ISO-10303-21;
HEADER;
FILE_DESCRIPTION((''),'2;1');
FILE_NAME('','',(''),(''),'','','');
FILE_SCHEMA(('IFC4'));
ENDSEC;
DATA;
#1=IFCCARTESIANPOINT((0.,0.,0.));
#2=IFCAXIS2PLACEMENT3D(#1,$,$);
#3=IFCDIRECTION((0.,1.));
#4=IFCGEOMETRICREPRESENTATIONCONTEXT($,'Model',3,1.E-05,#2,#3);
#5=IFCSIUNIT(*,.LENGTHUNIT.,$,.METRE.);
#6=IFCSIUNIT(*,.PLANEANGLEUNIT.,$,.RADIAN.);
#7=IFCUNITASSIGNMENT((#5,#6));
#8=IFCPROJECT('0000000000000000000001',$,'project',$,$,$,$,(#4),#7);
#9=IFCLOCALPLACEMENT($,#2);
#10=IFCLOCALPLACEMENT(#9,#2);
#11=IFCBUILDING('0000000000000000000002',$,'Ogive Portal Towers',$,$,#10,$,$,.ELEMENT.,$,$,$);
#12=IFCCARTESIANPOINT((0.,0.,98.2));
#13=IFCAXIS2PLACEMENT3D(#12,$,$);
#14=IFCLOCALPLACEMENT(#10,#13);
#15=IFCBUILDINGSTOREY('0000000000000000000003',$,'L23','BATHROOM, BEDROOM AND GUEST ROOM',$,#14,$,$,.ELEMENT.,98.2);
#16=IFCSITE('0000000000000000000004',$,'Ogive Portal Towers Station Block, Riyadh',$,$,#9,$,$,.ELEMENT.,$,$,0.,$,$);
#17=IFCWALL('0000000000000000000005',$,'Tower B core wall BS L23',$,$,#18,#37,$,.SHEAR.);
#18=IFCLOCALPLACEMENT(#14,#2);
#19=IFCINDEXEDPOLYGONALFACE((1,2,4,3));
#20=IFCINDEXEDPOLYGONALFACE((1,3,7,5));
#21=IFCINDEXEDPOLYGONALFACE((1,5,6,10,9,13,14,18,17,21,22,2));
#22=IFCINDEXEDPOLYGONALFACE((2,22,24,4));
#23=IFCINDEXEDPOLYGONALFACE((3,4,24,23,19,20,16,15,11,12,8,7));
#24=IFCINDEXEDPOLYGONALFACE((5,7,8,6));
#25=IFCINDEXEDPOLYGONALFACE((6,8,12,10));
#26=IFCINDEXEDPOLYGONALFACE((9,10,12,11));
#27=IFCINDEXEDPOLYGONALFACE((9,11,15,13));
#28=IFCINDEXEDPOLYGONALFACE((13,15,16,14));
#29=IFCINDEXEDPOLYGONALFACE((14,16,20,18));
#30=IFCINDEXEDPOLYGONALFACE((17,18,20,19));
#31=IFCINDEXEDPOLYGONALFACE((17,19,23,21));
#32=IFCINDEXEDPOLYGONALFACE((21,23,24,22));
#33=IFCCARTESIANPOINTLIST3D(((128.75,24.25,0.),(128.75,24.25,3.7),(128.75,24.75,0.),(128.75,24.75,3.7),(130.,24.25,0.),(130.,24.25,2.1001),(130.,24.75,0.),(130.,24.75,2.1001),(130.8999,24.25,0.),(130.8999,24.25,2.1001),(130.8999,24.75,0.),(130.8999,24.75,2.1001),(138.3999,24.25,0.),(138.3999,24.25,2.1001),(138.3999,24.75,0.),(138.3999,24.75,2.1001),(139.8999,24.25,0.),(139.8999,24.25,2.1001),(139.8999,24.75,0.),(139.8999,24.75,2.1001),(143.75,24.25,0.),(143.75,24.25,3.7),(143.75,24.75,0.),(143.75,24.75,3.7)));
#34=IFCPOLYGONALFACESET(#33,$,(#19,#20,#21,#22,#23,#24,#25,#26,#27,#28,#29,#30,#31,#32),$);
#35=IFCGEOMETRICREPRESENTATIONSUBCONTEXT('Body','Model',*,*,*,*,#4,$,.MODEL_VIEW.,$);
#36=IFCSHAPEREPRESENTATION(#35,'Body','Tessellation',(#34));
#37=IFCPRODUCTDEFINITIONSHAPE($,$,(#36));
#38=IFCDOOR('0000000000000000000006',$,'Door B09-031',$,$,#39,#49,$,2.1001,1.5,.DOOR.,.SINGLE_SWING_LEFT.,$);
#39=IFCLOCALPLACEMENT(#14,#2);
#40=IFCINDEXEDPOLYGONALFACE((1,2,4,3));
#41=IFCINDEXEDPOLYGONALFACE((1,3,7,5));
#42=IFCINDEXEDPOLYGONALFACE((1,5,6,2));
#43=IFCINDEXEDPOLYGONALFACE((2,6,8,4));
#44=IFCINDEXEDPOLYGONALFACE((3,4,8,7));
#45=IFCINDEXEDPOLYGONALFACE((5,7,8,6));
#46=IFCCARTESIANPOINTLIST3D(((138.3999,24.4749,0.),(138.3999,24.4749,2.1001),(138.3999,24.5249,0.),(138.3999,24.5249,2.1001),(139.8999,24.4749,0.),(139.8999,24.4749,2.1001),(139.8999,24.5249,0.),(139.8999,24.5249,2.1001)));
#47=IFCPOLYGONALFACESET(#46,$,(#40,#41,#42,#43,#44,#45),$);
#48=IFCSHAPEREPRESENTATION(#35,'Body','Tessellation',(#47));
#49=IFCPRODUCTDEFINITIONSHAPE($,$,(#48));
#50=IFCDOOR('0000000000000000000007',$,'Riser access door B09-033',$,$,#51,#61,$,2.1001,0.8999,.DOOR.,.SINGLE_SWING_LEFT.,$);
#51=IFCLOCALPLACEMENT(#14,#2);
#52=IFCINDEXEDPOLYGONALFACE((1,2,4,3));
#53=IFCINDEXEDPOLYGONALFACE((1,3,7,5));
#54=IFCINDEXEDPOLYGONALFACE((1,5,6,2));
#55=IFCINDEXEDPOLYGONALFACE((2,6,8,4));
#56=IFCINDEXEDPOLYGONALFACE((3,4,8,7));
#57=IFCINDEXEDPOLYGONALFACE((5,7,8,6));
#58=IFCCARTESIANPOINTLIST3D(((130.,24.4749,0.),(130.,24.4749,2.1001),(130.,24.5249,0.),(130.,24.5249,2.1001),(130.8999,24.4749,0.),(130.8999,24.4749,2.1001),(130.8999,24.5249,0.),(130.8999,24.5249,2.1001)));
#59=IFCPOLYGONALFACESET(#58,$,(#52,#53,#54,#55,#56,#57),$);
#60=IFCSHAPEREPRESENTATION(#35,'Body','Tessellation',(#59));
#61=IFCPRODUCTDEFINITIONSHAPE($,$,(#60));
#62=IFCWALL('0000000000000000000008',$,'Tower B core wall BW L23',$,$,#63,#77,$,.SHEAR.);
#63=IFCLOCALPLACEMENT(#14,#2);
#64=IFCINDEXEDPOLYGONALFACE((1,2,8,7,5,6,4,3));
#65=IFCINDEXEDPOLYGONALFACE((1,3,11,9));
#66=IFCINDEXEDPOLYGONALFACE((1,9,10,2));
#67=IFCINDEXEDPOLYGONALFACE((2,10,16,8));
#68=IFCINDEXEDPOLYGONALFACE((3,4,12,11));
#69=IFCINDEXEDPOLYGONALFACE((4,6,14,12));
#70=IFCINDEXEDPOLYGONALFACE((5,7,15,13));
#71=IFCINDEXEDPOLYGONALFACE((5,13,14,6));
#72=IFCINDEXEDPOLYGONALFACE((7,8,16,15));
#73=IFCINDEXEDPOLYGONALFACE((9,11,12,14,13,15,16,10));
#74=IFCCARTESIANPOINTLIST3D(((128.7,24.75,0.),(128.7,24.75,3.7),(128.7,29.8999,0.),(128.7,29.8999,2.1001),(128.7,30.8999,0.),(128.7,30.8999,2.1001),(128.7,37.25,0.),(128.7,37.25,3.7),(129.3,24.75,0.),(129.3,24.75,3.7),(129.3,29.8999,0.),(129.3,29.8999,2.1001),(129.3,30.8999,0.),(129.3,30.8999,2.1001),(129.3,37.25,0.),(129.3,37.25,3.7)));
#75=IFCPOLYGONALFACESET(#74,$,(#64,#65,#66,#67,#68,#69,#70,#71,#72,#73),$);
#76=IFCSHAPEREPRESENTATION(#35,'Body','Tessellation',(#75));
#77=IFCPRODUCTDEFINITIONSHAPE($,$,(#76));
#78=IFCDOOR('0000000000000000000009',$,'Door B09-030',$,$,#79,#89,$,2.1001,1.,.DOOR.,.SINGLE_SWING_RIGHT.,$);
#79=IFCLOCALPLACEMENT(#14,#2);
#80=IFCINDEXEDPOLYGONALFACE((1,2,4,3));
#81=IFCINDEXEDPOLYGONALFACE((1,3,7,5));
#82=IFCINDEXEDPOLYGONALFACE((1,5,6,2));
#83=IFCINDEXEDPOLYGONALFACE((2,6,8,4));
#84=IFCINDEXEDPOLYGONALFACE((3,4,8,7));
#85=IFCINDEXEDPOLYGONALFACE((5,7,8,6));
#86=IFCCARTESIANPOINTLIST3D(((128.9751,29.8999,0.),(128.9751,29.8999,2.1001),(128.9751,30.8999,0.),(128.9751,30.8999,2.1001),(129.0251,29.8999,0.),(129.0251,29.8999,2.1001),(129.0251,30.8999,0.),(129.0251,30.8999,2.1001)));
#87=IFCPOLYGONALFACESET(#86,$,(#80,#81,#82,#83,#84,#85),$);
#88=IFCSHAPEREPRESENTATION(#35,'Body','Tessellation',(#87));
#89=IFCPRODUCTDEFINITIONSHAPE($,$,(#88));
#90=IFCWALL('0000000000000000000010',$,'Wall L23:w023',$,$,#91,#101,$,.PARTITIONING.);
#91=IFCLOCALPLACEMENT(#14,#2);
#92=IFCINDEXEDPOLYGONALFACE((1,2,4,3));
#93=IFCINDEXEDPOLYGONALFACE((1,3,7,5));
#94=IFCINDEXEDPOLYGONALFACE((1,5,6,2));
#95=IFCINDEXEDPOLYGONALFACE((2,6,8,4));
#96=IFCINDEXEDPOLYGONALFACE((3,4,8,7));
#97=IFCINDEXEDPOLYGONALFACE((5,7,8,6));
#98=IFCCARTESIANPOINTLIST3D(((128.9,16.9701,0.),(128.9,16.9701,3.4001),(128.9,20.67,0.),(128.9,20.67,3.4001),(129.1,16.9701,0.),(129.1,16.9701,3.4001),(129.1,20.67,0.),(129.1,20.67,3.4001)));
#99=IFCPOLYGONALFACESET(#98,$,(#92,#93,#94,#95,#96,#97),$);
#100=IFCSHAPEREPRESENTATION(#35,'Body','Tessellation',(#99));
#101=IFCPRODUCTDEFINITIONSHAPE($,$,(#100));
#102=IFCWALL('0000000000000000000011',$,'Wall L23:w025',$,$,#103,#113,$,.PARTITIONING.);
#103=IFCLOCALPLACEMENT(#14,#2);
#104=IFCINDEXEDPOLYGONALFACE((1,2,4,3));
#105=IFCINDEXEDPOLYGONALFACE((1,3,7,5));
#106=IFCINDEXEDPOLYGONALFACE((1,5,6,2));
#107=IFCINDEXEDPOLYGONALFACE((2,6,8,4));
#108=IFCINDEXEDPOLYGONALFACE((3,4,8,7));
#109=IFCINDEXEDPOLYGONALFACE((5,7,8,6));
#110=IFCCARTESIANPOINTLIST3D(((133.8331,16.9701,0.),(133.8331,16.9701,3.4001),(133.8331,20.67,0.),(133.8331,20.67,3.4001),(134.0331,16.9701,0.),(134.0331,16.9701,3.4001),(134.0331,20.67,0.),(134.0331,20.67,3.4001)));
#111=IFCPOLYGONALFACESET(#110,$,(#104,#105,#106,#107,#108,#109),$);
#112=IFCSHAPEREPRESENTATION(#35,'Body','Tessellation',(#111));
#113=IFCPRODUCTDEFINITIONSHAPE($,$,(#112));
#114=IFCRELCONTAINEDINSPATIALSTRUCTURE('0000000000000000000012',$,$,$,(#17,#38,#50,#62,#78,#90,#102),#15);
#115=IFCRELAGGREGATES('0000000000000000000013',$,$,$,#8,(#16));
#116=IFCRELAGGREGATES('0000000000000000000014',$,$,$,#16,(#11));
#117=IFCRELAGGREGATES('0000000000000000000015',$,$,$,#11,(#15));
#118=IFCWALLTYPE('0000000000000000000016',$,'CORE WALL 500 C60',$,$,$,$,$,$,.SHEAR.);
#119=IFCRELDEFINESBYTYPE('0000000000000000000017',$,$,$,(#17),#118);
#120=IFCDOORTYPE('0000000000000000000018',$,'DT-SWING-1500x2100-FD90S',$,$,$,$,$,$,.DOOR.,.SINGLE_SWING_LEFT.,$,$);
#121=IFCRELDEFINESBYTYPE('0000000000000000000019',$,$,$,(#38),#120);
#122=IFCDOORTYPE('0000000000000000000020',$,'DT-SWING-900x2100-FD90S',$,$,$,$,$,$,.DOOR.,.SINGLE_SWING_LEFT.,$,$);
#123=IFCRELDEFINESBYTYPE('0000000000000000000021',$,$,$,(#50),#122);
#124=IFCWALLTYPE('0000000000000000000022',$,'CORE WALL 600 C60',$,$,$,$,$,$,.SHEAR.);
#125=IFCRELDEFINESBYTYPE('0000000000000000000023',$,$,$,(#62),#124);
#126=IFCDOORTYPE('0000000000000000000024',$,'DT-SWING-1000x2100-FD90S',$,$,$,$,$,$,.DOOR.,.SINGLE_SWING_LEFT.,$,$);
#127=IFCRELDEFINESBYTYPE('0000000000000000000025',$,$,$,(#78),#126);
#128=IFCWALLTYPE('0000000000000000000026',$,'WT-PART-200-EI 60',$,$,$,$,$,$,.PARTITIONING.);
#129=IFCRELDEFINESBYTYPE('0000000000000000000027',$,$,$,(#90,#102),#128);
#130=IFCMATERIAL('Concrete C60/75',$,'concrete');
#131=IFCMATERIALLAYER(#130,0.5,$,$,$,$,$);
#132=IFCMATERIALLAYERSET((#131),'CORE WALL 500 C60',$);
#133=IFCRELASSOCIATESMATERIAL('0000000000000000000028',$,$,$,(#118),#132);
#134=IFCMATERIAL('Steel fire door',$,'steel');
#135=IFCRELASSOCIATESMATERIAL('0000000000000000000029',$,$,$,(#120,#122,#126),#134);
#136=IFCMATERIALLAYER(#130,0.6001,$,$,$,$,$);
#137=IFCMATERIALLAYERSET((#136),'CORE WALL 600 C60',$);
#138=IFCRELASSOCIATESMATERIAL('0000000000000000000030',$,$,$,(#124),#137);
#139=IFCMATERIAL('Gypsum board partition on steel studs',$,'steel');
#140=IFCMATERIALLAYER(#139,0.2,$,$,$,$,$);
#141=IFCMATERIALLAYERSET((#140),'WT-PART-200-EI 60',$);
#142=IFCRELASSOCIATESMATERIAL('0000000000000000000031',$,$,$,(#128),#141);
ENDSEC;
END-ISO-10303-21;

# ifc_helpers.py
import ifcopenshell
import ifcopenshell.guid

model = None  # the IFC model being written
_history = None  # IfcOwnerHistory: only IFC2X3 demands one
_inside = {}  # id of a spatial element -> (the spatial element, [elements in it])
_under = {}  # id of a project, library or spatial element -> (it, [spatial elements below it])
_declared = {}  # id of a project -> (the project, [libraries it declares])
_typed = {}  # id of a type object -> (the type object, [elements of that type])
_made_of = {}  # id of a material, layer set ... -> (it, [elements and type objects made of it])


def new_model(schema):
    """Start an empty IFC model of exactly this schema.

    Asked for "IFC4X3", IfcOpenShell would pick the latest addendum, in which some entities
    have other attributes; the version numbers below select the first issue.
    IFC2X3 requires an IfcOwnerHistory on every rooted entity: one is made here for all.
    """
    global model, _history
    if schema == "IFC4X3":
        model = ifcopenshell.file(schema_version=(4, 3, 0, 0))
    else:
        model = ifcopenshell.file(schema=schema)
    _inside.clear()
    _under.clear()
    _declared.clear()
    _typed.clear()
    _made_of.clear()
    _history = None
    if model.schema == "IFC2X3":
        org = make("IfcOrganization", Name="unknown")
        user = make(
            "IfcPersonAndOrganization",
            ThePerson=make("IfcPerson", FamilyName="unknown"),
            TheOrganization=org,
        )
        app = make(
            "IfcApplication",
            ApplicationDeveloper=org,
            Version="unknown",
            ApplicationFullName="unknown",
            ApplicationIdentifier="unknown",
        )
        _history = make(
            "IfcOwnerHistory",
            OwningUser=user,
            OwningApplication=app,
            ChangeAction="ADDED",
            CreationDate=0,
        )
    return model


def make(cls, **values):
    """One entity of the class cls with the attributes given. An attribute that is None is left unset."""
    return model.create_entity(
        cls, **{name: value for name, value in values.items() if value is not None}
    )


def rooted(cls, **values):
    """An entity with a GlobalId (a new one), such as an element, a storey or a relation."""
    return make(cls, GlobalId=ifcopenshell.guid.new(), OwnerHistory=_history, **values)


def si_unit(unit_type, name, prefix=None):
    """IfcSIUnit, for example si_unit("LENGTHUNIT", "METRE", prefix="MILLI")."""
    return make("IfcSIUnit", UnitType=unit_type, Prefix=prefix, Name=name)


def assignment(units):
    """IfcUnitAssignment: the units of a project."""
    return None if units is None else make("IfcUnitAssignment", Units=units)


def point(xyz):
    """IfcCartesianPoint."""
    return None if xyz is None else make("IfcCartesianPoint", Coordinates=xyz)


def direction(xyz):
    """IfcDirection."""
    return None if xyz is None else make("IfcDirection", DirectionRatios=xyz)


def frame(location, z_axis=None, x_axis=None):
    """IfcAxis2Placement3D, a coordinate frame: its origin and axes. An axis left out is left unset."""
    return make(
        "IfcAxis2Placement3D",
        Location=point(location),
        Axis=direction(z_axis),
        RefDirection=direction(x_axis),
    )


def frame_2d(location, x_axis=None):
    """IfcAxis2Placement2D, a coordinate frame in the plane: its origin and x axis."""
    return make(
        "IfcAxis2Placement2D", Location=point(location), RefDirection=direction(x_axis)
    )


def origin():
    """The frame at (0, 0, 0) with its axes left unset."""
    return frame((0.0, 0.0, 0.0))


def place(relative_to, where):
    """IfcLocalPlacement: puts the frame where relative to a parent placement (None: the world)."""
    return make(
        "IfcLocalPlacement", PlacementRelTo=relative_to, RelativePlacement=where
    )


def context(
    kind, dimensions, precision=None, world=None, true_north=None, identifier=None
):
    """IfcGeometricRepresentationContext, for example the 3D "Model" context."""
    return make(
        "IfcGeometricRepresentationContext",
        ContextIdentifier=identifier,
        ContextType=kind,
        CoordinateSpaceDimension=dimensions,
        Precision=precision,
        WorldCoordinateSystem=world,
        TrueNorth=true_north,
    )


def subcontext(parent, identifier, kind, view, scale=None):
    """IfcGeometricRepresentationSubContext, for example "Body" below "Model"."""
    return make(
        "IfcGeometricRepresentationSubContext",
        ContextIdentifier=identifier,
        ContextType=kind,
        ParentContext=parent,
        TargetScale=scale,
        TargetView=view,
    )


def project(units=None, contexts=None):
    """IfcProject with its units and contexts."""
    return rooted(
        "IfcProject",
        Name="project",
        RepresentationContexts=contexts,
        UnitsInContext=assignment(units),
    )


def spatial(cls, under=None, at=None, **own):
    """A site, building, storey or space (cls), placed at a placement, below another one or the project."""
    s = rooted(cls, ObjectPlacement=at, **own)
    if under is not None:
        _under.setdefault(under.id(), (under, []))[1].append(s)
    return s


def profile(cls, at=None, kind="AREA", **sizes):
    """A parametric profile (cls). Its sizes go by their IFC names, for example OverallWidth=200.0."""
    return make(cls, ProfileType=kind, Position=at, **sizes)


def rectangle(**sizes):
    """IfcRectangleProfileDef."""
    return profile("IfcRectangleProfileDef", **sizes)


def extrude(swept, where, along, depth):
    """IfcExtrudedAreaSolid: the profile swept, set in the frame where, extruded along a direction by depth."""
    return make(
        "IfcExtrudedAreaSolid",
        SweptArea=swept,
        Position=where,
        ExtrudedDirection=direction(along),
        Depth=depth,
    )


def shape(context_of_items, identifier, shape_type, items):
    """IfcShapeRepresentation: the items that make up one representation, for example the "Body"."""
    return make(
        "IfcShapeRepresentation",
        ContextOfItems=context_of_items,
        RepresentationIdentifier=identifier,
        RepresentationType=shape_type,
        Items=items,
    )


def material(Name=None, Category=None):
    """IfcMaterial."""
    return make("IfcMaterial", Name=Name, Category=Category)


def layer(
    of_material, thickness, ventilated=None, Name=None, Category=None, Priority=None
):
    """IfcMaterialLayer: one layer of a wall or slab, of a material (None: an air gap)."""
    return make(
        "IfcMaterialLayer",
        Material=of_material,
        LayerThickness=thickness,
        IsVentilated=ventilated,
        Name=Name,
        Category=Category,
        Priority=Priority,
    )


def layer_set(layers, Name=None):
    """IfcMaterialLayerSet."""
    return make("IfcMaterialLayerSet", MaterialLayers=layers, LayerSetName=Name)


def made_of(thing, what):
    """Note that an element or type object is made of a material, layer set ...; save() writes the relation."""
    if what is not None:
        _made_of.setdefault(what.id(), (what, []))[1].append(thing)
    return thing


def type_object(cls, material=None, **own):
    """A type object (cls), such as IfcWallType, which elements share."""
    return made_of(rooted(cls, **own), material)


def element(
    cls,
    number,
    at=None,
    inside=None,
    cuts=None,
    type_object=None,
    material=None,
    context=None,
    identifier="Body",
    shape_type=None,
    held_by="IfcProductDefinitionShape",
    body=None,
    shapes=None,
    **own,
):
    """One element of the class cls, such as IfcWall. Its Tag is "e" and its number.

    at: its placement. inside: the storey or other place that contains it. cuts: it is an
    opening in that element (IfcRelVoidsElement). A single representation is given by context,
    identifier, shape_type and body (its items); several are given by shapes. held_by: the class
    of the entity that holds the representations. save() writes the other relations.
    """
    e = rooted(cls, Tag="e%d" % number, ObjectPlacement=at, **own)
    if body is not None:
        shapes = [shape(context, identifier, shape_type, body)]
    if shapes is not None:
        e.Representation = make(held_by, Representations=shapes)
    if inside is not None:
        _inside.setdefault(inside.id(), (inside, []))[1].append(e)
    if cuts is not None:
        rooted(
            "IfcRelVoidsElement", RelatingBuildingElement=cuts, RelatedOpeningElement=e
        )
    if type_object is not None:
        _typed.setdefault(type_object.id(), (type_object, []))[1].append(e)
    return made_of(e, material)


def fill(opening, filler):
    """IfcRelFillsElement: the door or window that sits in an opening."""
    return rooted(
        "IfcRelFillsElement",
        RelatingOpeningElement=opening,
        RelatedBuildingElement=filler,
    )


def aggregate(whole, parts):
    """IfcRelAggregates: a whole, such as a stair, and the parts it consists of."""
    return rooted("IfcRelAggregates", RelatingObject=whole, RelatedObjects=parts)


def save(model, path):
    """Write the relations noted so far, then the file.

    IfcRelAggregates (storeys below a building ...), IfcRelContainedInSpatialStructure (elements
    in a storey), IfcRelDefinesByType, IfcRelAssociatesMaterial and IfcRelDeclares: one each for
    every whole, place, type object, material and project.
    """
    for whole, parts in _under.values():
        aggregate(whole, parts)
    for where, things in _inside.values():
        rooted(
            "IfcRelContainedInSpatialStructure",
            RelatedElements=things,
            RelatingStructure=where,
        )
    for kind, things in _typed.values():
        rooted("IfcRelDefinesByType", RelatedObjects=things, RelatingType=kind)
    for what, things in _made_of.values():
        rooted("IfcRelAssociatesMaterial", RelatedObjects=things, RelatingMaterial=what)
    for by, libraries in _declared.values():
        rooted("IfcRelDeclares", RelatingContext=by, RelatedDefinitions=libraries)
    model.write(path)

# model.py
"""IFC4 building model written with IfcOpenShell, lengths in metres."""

from ifc_helpers import new_model, si_unit, direction, frame, frame_2d, origin, place, context, subcontext, project, spatial, rectangle, extrude, material, layer, layer_set, type_object, element, fill, save


model = new_model("IFC4")

# Units and contexts
model_context = context("Model", 3, precision=1e-05, world=origin(), true_north=direction((0.0, 1.0)))
body_context = subcontext(model_context, "Body", "Model", "MODEL_VIEW")
ifc_project = project(units=[si_unit("LENGTHUNIT", "METRE"), si_unit("PLANEANGLEUNIT", "RADIAN")], contexts=[model_context])

# Site, building, storey
site_placement = place(None, origin())
site = spatial("IfcSite", under=ifc_project, at=site_placement, Name="Ogive Portal Towers Station Block, Riyadh", CompositionType="ELEMENT", RefElevation=0.0)
building_placement = place(site_placement, origin())
building = spatial("IfcBuilding", under=site, at=building_placement, Name="Ogive Portal Towers", CompositionType="ELEMENT")
storey_placement = place(building_placement, frame((0.0, 0.0, 98.2)))
storey = spatial("IfcBuildingStorey", under=building, at=storey_placement, Name="L23", Description="BATHROOM, BEDROOM AND GUEST ROOM", CompositionType="ELEMENT", Elevation=98.2)

# Shared definitions
ifc_material_1 = material(Name="Concrete C60/75", Category="concrete")
ifc_material_2 = material(Name="Steel fire door", Category="steel")

# Wall, openings, doors
ifc_layer_1 = layer(ifc_material_1, 0.5)
ifc_layer_set_1 = layer_set([ifc_layer_1], Name="CORE WALL 500 C60")
wall_type_1 = type_object("IfcWallType", Name="CORE WALL 500 C60", PredefinedType="SHEAR", material=ifc_layer_set_1)
wall_1_placement = place(storey_placement, frame((128.75, 24.5, 0.0), z_axis=(0.0, 0.0, 1.0), x_axis=(1.0, 0.0, 0.0)))
wall_1 = element("IfcWall", 1, at=wall_1_placement, inside=storey, type_object=wall_type_1, Name="Tower B core wall BS L23", PredefinedType="SHEAR", context=body_context, shape_type="SweptSolid", body=[
    extrude(rectangle(XDim=15.0, YDim=0.5, at=frame_2d((7.5, 0.0))), origin(), (0.0, 0.0, 1.0), 3.7),
])
opening_1_placement = place(wall_1_placement, frame((9.6499, 0.0, 0.0)))
opening_1 = element("IfcOpeningElement", 2, at=opening_1_placement, cuts=wall_1, PredefinedType="OPENING", context=body_context, shape_type="SweptSolid", body=[
    extrude(rectangle(XDim=1.5, YDim=2.1001, at=frame_2d((0.75, 1.05))), frame((0.0, 0.26, 0.0), z_axis=(0.0, -1.0, 0.0), x_axis=(1.0, 0.0, 0.0)), (0.0, 0.0, 1.0), 0.52),
])
opening_2_placement = place(wall_1_placement, frame((1.25, 0.0, 0.0)))
opening_2 = element("IfcOpeningElement", 3, at=opening_2_placement, cuts=wall_1, PredefinedType="OPENING", context=body_context, shape_type="SweptSolid", body=[
    extrude(rectangle(XDim=0.8999, YDim=2.1001, at=frame_2d((0.45, 1.05))), frame((0.0, 0.26, 0.0), z_axis=(0.0, -1.0, 0.0), x_axis=(1.0, 0.0, 0.0)), (0.0, 0.0, 1.0), 0.52),
])
door_type_1 = type_object("IfcDoorType", Name="DT-SWING-1500x2100-FD90S", OperationType="SINGLE_SWING_LEFT", PredefinedType="DOOR", material=ifc_material_2)
door_1_placement = place(opening_1_placement, origin())
door_1 = element("IfcDoor", 4, at=door_1_placement, inside=storey, type_object=door_type_1, Name="Door B09-031", OperationType="SINGLE_SWING_LEFT", OverallHeight=2.1001, OverallWidth=1.5, PredefinedType="DOOR", context=body_context, shape_type="SweptSolid", body=[
    extrude(rectangle(XDim=1.5, YDim=2.1001, at=frame_2d((0.75, 1.05))), frame((0.0, 0.0249, 0.0), z_axis=(0.0, -1.0, 0.0), x_axis=(1.0, 0.0, 0.0)), (0.0, 0.0, 1.0), 0.05),
])
fill(opening_1, door_1)
door_type_2 = type_object("IfcDoorType", Name="DT-SWING-900x2100-FD90S", OperationType="SINGLE_SWING_LEFT", PredefinedType="DOOR", material=ifc_material_2)
door_2_placement = place(opening_2_placement, origin())
door_2 = element("IfcDoor", 5, at=door_2_placement, inside=storey, type_object=door_type_2, Name="Riser access door B09-033", OperationType="SINGLE_SWING_LEFT", OverallHeight=2.1001, OverallWidth=0.8999, PredefinedType="DOOR", context=body_context, shape_type="SweptSolid", body=[
    extrude(rectangle(XDim=0.8999, YDim=2.1001, at=frame_2d((0.45, 1.05))), frame((0.0, 0.0249, 0.0), z_axis=(0.0, -1.0, 0.0), x_axis=(1.0, 0.0, 0.0)), (0.0, 0.0, 1.0), 0.05),
])
fill(opening_2, door_2)

# Wall, opening, door
ifc_layer_2 = layer(ifc_material_1, 0.6001)
ifc_layer_set_2 = layer_set([ifc_layer_2], Name="CORE WALL 600 C60")
wall_type_2 = type_object("IfcWallType", Name="CORE WALL 600 C60", PredefinedType="SHEAR", material=ifc_layer_set_2)
wall_2_placement = place(storey_placement, frame((129.0, 24.75, 0.0), z_axis=(0.0, 0.0, 1.0), x_axis=(0.0, 1.0, 0.0)))
wall_2 = element("IfcWall", 6, at=wall_2_placement, inside=storey, type_object=wall_type_2, Name="Tower B core wall BW L23", PredefinedType="SHEAR", context=body_context, shape_type="SweptSolid", body=[
    extrude(rectangle(XDim=12.5, YDim=0.6001, at=frame_2d((6.25, 0.0))), origin(), (0.0, 0.0, 1.0), 3.7),
])
opening_3_placement = place(wall_2_placement, frame((5.1499, 0.0, 0.0)))
opening_3 = element("IfcOpeningElement", 7, at=opening_3_placement, cuts=wall_2, PredefinedType="OPENING", context=body_context, shape_type="SweptSolid", body=[
    extrude(rectangle(XDim=1.0, YDim=2.1001, at=frame_2d((0.5, 1.05))), frame((0.0, 0.3101, 0.0), z_axis=(0.0, -1.0, 0.0), x_axis=(1.0, 0.0, 0.0)), (0.0, 0.0, 1.0), 0.6201),
])
door_type_3 = type_object("IfcDoorType", Name="DT-SWING-1000x2100-FD90S", OperationType="SINGLE_SWING_LEFT", PredefinedType="DOOR", material=ifc_material_2)
door_3_placement = place(opening_3_placement, origin())
door_3 = element("IfcDoor", 8, at=door_3_placement, inside=storey, type_object=door_type_3, Name="Door B09-030", OperationType="SINGLE_SWING_RIGHT", OverallHeight=2.1001, OverallWidth=1.0, PredefinedType="DOOR", context=body_context, shape_type="SweptSolid", body=[
    extrude(rectangle(XDim=1.0, YDim=2.1001, at=frame_2d((0.5, 1.05))), frame((0.0, 0.0249, 0.0), z_axis=(0.0, -1.0, 0.0), x_axis=(1.0, 0.0, 0.0)), (0.0, 0.0, 1.0), 0.05),
])
fill(opening_3, door_3)

# Walls
ifc_material_3 = material(Name="Gypsum board partition on steel studs", Category="steel")
ifc_layer_3 = layer(ifc_material_3, 0.2)
ifc_layer_set_3 = layer_set([ifc_layer_3], Name="WT-PART-200-EI 60")
wall_type_3 = type_object("IfcWallType", Name="WT-PART-200-EI 60", PredefinedType="PARTITIONING", material=ifc_layer_set_3)
for number, where, z_axis, x_axis, name in (
    (9, (129.0, 16.97, 0.0), (0.0, 0.0, 1.0), (0.0, 1.0, 0.0), "Wall L23:w023"),
    (10, (133.9331, 16.97, 0.0), (0.0, 0.0, 1.0), (0.0, 1.0, 0.0), "Wall L23:w025"),
):
    element("IfcWall", number, at=place(storey_placement, frame(where, z_axis=z_axis, x_axis=x_axis)), inside=storey, type_object=wall_type_3, Name=name, PredefinedType="PARTITIONING", context=body_context, shape_type="SweptSolid", body=[
        extrude(rectangle(XDim=3.7, YDim=0.2, at=frame_2d((1.8501, 0.0))), origin(), (0.0, 0.0, 1.0), 3.4001),
    ])

save(model, "model.ifc")
